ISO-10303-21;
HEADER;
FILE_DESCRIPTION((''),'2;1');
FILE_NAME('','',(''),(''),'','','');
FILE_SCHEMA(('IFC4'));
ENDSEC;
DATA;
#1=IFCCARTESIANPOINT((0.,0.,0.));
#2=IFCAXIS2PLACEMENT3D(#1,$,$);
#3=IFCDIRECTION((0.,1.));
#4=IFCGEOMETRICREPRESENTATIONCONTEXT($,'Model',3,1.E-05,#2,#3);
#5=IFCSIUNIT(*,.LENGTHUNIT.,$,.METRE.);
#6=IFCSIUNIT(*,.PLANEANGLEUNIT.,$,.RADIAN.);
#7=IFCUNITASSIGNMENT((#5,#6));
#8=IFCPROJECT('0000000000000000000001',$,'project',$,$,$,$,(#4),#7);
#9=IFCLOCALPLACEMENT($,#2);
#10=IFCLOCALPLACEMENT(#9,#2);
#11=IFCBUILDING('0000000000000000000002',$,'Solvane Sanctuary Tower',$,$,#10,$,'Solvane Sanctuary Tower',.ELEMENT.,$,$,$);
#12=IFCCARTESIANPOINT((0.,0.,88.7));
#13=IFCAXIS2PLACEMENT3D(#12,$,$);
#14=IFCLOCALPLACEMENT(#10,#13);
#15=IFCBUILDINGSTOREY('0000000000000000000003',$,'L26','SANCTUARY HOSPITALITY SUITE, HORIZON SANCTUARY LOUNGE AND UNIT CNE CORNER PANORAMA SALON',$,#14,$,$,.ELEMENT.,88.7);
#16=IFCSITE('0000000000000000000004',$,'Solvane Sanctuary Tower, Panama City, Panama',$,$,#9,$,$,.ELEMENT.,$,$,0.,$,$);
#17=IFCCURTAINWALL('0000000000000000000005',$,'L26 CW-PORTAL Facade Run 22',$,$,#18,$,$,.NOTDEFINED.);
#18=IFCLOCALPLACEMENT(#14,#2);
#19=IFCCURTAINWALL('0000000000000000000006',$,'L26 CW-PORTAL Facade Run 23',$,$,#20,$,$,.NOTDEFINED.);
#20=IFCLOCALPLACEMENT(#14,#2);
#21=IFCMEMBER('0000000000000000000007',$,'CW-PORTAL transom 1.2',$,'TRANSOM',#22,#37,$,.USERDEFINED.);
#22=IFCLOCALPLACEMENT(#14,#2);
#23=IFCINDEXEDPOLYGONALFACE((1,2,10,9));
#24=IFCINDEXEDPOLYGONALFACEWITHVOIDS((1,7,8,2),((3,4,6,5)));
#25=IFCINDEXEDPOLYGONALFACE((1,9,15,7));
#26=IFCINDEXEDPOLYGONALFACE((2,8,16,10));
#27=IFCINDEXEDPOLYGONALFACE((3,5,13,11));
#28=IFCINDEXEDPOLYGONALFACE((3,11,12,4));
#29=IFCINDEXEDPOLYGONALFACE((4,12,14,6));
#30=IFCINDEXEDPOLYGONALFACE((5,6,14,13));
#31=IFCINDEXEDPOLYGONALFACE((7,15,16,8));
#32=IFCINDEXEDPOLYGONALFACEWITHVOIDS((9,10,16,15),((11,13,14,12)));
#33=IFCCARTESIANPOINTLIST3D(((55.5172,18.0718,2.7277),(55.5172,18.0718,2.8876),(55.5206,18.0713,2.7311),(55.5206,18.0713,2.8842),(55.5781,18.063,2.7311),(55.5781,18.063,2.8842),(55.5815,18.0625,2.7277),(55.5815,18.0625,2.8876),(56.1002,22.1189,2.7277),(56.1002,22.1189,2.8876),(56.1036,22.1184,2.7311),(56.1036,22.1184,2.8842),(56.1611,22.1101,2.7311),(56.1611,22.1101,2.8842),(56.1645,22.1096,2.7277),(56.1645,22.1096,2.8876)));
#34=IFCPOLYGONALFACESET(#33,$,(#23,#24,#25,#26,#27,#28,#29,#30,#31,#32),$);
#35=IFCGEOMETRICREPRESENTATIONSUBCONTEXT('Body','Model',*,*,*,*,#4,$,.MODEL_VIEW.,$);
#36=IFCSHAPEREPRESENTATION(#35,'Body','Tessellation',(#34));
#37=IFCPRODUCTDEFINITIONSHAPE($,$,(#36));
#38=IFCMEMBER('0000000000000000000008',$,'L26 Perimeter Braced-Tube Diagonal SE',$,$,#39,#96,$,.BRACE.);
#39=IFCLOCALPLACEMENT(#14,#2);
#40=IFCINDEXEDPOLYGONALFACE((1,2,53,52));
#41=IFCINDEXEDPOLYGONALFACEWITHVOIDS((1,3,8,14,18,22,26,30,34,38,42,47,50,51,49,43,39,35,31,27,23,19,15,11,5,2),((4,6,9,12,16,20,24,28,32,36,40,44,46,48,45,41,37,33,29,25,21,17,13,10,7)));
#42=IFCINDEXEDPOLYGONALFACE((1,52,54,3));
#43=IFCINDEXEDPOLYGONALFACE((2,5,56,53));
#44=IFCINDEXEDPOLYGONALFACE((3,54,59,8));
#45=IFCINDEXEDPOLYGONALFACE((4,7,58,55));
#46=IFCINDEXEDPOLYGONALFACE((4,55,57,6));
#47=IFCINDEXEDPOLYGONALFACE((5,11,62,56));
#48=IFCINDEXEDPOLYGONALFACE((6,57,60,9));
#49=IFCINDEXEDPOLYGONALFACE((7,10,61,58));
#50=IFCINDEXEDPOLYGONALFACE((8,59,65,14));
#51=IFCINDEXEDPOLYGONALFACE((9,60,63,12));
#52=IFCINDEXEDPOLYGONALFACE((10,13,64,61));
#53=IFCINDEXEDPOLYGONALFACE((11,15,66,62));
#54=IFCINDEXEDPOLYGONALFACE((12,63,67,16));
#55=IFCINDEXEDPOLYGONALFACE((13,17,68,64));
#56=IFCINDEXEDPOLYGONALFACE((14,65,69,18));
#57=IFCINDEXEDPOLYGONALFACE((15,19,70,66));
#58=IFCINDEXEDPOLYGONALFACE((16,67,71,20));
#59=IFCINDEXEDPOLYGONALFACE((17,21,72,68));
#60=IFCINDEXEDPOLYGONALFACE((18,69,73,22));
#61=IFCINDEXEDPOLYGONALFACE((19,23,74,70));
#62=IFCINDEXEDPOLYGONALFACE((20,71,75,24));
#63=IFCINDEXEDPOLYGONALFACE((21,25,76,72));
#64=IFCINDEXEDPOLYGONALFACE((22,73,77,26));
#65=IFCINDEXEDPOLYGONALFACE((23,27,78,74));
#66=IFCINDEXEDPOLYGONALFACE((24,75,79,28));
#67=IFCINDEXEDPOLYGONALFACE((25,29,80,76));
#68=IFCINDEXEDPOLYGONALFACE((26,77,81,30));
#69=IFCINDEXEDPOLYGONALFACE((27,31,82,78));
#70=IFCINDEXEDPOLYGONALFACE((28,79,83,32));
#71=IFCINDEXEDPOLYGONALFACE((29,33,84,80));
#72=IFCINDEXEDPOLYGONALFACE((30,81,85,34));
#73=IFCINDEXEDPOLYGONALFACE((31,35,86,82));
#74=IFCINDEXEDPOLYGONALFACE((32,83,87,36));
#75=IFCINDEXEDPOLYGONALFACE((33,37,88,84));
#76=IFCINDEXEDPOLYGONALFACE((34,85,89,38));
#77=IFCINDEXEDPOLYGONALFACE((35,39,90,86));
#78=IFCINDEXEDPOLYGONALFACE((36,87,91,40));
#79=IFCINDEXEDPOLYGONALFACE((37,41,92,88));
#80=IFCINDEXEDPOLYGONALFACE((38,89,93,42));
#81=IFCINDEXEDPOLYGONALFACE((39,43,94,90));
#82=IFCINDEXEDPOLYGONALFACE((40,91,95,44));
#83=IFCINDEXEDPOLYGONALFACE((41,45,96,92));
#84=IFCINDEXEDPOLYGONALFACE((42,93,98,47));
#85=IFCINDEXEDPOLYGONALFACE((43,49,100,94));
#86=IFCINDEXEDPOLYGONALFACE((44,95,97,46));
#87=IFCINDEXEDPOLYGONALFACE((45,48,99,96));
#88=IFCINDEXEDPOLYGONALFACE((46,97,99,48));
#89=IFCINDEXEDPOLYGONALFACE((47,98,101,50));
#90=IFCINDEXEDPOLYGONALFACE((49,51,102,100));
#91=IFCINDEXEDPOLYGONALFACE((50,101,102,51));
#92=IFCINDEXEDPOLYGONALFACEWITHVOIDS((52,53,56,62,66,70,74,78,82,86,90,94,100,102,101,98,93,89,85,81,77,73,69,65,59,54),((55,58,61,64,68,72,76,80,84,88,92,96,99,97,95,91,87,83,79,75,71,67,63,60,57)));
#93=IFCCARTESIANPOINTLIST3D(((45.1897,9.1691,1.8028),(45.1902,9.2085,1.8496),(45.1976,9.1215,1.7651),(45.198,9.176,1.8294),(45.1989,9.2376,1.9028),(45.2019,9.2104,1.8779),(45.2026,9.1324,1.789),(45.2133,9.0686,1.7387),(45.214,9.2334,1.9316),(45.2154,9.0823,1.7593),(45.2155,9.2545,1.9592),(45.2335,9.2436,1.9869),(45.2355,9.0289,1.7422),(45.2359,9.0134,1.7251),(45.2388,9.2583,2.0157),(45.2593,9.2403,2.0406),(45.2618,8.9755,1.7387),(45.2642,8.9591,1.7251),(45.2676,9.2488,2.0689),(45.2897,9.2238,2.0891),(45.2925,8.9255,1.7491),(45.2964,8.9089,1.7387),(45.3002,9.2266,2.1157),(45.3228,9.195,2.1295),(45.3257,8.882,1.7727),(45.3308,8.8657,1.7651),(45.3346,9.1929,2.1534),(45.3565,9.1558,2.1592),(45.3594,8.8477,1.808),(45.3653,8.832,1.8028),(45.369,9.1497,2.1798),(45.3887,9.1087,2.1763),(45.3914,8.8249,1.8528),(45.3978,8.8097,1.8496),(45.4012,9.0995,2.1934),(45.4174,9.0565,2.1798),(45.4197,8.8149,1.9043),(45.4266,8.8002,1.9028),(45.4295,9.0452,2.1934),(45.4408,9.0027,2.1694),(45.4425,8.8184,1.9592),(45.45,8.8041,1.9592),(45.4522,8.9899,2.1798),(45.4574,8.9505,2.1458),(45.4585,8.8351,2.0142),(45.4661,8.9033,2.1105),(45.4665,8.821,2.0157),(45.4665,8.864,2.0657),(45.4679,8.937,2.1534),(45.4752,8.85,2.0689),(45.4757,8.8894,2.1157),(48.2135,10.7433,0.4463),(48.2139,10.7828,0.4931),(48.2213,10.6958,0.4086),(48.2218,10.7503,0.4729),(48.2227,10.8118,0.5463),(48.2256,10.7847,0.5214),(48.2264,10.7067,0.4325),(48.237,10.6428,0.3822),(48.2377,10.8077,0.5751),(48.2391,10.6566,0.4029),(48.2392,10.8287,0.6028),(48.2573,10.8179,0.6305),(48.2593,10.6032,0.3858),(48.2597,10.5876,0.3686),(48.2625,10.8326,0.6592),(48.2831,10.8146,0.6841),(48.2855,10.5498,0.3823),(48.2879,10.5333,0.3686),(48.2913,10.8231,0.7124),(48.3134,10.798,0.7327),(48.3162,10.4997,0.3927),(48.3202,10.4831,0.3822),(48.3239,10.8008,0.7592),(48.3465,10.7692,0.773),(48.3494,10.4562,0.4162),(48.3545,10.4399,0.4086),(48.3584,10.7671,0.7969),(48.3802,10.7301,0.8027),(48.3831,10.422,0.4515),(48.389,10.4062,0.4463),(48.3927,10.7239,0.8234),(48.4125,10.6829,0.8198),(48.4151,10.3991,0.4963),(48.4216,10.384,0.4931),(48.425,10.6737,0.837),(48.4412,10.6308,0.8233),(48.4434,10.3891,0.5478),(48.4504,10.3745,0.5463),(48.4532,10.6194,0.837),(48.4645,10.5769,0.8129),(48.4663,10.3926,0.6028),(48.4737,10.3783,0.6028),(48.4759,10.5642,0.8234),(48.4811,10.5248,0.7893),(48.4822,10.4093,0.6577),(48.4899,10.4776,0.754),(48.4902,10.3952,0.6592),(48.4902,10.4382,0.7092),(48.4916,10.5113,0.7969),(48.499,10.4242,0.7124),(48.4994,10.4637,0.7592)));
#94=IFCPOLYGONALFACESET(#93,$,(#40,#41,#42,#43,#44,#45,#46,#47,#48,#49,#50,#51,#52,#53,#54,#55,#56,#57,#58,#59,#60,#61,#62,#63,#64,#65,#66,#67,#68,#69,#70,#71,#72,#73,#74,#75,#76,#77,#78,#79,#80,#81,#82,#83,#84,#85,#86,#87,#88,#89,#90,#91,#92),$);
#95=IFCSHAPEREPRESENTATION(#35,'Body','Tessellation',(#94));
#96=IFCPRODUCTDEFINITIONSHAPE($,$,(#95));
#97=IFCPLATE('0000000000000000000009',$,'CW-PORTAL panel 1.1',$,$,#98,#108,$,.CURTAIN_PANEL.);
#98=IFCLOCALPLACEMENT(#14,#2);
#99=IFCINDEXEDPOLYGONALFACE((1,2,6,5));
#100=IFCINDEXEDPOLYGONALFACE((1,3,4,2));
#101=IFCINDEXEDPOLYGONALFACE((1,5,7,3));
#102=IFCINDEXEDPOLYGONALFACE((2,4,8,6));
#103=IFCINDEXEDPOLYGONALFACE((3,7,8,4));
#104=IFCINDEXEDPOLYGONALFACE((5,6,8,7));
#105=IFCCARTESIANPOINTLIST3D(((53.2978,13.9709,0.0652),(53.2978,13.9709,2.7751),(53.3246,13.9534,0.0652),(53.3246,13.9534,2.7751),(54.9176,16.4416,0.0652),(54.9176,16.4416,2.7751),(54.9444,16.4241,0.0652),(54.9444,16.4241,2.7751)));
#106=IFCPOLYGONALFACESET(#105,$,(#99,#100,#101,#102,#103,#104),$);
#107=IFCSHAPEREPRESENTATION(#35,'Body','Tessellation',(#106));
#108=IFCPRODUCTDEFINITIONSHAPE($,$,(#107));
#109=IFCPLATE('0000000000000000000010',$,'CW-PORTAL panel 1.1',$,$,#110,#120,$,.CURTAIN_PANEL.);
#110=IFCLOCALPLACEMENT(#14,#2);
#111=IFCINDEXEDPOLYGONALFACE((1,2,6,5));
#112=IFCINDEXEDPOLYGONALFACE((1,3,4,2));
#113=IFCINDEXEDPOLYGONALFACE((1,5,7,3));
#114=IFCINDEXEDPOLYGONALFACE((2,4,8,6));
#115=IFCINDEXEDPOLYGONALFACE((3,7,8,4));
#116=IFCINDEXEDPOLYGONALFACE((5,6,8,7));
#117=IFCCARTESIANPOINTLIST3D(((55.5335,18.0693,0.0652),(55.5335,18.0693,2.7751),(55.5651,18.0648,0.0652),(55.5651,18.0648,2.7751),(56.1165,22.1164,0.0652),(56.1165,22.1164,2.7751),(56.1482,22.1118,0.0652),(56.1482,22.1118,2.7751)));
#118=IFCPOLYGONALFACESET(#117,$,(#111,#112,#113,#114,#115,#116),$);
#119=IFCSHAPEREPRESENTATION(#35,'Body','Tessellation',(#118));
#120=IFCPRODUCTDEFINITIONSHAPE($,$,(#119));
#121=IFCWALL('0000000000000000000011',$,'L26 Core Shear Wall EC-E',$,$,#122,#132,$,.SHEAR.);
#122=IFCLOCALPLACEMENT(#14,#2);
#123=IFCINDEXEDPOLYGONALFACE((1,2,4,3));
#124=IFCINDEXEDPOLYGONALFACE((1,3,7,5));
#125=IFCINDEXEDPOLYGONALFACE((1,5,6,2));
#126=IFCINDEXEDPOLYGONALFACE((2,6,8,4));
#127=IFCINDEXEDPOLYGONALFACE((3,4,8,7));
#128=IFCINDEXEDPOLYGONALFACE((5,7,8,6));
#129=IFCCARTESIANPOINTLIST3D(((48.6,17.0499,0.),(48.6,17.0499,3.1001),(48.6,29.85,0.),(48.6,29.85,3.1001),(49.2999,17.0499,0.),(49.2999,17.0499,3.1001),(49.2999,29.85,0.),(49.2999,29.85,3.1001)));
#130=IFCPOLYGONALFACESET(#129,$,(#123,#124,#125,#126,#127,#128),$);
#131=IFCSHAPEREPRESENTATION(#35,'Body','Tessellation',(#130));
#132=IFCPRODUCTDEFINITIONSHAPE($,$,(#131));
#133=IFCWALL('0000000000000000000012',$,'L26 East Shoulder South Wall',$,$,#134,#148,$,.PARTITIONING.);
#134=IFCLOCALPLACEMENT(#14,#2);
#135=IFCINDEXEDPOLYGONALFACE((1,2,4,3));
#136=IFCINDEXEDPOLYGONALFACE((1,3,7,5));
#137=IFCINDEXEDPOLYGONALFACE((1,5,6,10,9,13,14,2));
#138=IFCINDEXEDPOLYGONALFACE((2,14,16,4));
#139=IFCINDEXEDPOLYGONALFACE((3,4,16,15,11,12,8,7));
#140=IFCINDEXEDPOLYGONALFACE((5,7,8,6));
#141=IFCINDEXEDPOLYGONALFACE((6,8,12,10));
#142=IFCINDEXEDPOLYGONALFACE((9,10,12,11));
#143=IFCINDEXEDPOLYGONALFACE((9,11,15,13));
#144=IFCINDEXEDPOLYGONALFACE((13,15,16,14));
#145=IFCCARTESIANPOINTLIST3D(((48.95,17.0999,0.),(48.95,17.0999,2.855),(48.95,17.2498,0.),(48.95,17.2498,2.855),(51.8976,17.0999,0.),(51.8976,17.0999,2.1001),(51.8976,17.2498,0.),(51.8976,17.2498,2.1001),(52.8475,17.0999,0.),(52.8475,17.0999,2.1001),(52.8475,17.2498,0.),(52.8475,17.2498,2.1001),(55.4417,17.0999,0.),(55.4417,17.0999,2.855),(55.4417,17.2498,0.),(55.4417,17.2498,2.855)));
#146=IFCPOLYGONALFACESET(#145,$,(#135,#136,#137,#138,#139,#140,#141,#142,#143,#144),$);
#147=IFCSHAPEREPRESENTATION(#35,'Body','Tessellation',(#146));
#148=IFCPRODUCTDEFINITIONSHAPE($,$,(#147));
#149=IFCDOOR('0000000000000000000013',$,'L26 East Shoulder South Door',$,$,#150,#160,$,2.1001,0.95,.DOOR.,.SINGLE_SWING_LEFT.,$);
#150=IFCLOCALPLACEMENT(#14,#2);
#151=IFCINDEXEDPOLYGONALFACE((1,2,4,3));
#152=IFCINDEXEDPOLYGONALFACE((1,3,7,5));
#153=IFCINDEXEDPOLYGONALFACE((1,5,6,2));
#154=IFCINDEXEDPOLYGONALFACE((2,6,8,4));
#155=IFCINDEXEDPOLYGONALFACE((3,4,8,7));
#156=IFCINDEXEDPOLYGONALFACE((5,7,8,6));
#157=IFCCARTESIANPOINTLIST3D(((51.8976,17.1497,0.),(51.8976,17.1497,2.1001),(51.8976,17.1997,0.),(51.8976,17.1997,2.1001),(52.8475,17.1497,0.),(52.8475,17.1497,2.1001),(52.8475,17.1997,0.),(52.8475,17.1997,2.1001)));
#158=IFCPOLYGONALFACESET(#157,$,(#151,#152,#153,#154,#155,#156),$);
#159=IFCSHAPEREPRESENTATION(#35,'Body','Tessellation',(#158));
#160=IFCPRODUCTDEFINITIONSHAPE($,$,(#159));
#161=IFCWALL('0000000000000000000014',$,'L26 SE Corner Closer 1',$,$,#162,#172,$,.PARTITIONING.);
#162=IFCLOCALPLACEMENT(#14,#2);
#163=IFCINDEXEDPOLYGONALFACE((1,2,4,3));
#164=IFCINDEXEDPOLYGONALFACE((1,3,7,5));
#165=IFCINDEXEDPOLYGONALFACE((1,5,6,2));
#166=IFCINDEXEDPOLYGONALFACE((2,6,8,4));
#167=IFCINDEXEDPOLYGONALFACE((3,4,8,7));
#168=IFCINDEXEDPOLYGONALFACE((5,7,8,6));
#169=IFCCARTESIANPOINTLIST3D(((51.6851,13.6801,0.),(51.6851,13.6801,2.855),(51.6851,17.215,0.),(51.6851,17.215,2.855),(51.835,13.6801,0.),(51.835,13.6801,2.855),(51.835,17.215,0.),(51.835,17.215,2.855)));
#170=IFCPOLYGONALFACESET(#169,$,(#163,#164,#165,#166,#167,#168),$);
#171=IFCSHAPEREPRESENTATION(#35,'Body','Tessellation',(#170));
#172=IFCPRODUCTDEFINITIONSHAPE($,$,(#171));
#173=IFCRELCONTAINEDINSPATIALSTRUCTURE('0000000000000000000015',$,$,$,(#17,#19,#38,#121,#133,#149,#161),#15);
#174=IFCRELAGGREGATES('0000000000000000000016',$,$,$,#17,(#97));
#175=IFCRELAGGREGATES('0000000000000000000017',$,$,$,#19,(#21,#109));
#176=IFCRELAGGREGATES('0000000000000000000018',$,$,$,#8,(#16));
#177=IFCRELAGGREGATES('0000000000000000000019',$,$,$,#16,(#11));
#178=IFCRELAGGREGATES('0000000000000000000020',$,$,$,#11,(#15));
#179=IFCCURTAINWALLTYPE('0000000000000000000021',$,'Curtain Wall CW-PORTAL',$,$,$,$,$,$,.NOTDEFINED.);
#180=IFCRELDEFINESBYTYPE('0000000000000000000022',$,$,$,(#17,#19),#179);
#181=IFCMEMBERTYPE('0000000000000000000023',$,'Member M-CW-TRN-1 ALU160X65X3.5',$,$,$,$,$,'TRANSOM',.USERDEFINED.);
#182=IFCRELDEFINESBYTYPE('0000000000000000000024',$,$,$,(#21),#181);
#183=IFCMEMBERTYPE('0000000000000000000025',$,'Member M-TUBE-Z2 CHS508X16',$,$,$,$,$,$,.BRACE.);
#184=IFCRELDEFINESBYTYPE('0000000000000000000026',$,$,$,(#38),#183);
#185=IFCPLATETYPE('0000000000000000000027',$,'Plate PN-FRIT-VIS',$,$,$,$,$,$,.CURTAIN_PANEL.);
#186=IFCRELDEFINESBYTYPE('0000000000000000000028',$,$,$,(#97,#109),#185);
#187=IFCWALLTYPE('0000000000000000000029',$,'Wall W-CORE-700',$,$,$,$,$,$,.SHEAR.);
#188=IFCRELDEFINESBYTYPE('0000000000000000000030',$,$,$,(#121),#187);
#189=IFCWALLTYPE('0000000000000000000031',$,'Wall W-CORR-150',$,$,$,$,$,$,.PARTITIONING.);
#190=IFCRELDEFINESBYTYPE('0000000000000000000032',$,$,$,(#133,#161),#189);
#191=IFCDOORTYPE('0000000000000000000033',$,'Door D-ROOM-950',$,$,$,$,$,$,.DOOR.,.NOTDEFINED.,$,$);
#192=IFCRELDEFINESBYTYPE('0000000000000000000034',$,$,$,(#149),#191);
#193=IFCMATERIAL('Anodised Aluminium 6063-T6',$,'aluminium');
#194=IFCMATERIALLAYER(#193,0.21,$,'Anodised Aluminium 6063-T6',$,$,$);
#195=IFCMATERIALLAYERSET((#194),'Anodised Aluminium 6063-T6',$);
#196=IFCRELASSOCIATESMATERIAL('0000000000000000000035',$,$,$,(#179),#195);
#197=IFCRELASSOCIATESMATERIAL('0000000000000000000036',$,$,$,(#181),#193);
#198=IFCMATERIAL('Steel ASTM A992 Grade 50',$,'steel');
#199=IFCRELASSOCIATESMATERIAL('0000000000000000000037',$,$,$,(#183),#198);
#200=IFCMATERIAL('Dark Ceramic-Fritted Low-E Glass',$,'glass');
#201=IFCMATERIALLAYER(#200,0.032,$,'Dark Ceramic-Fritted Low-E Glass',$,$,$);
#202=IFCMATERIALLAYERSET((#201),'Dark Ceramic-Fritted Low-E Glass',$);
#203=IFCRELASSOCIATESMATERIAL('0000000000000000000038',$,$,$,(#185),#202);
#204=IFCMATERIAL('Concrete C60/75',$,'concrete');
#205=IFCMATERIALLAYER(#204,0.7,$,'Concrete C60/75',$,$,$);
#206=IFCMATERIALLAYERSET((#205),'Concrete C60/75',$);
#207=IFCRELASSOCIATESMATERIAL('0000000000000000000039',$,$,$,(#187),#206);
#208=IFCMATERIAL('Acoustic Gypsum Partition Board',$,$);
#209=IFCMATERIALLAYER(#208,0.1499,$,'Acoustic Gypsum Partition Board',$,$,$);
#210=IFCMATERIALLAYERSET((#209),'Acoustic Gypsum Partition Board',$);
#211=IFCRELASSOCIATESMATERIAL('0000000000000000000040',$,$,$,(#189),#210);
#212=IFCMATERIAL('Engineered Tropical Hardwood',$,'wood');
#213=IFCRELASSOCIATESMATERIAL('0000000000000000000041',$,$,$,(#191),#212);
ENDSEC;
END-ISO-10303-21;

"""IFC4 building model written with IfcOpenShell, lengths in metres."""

from ifc_helpers import new_model, si_unit, direction, frame, frame_2d, origin, origin_2d, place, context, subcontext, project, spatial, rectangle, hollow_rectangle, hollow_circle, extrude, material, layer, layer_set, material_profile, profile_set, type_object, element, fill, aggregate, save


model = new_model("IFC4")

# Units and contexts
model_context = context("Model", 3, precision=1e-05, world=origin(), true_north=direction((0.0, 1.0)))
body_context = subcontext(model_context, "Body", "Model", "MODEL_VIEW")
ifc_project = project(units=[si_unit("LENGTHUNIT", "METRE"), si_unit("PLANEANGLEUNIT", "RADIAN")], contexts=[model_context])

# Site, building, storey
site_placement = place(None, origin())
site = spatial("IfcSite", under=ifc_project, at=site_placement, Name="Solvane Sanctuary Tower, Panama City, Panama", CompositionType="ELEMENT", RefElevation=0.0)
building_placement = place(site_placement, origin())
building = spatial("IfcBuilding", under=site, at=building_placement, Name="Solvane Sanctuary Tower", LongName="Solvane Sanctuary Tower", CompositionType="ELEMENT")
storey_placement = place(building_placement, frame((0.0, 0.0, 88.7)))
storey = spatial("IfcBuildingStorey", under=building, at=storey_placement, Name="L26", Description="SANCTUARY HOSPITALITY SUITE, HORIZON SANCTUARY LOUNGE AND UNIT CNE CORNER PANORAMA SALON", CompositionType="ELEMENT", Elevation=88.7)

# Shared definitions
ifc_material_1 = material(Name="Concrete C60/75", Category="concrete")

# Shared definitions
ifc_material_2 = material(Name="Steel ASTM A992 Grade 50", Category="steel")

# Curtain wall
ifc_material_3 = material(Name="Anodised Aluminium 6063-T6", Category="aluminium")
ifc_layer_1 = layer(ifc_material_3, 0.21, Name="Anodised Aluminium 6063-T6")
ifc_layer_set_1 = layer_set([ifc_layer_1], Name="Anodised Aluminium 6063-T6")
curtain_wall_type = type_object("IfcCurtainWallType", Name="Curtain Wall CW-PORTAL", PredefinedType="NOTDEFINED", material=ifc_layer_set_1)
curtain_wall_1_placement = place(storey_placement, origin())
curtain_wall_1 = element("IfcCurtainWall", 1, at=curtain_wall_1_placement, inside=storey, type_object=curtain_wall_type, Name="L26 CW-PORTAL Facade Run 22", PredefinedType="NOTDEFINED")

# Curtain wall
curtain_wall_2_placement = place(storey_placement, origin())
curtain_wall_2 = element("IfcCurtainWall", 2, at=curtain_wall_2_placement, inside=storey, type_object=curtain_wall_type, Name="L26 CW-PORTAL Facade Run 23", PredefinedType="NOTDEFINED")

# Members
ifc_material_profile_1 = material_profile(ifc_material_3, hollow_rectangle(XDim=0.0649, YDim=0.1599, WallThickness=0.0034, at=origin_2d()), Name="ALU160X65X3.5")
ifc_profile_set_1 = profile_set([ifc_material_profile_1], Name="Anodised Aluminium 6063-T6")
member_type_1 = type_object("IfcMemberType", Name="Member M-CW-TRN-1 ALU160X65X3.5", ElementType="TRANSOM", PredefinedType="USERDEFINED", material=ifc_profile_set_1)
member_1_placement = place(storey_placement, frame((55.5493, 18.0671, 2.8076), z_axis=(0.142583, 0.989783, 0.0), x_axis=(-0.989783, 0.142583, 0.0)))
member_1 = element("IfcMember", 3, at=member_1_placement, type_object=member_type_1, Name="CW-PORTAL transom 1.2", ObjectType="TRANSOM", PredefinedType="USERDEFINED", context=body_context, shape_type="SweptSolid", body=[
    extrude(hollow_rectangle(XDim=0.0649, YDim=0.1599, WallThickness=0.0034, at=origin_2d()), origin(), (0.0, 0.0, 1.0), 4.0889),
])
ifc_material_profile_2 = material_profile(ifc_material_2, hollow_circle(Radius=0.2539, WallThickness=0.0161, at=origin_2d()), Name="CHS508X16")
ifc_profile_set_2 = profile_set([ifc_material_profile_2], Name="Steel ASTM A992 Grade 50")
member_type_2 = type_object("IfcMemberType", Name="Member M-TUBE-Z2 CHS508X16", PredefinedType="BRACE", material=ifc_profile_set_2)
member_2_placement = place(storey_placement, frame((48.3564, 10.6035, 0.6028), z_axis=(-0.824141, -0.429072, 0.369715), x_axis=(0.461792, -0.886988, 0.0)))
element("IfcMember", 4, at=member_2_placement, inside=storey, type_object=member_type_2, Name="L26 Perimeter Braced-Tube Diagonal SE", PredefinedType="BRACE", context=body_context, shape_type="SweptSolid", body=[
    extrude(hollow_circle(Radius=0.2539, WallThickness=0.0161, at=origin_2d()), origin(), (0.0, 0.0, 1.0), 3.6689),
])

# Plates
ifc_material_4 = material(Name="Dark Ceramic-Fritted Low-E Glass", Category="glass")
ifc_layer_2 = layer(ifc_material_4, 0.032, Name="Dark Ceramic-Fritted Low-E Glass")
ifc_layer_set_2 = layer_set([ifc_layer_2], Name="Dark Ceramic-Fritted Low-E Glass")
plate_type = type_object("IfcPlateType", Name="Plate PN-FRIT-VIS", PredefinedType="CURTAIN_PANEL", material=ifc_layer_set_2)
plate_1_placement = place(storey_placement, frame((54.1211, 15.1975, 0.0652), z_axis=(0.0, 0.0, 1.0), x_axis=(0.548276, 0.836298, 0.0)))
plate_1 = element("IfcPlate", 5, at=plate_1_placement, type_object=plate_type, Name="CW-PORTAL panel 1.1", PredefinedType="CURTAIN_PANEL", context=body_context, shape_type="SweptSolid", body=[
    extrude(rectangle(XDim=2.9543, YDim=0.032, at=origin_2d()), origin(), (0.0, 0.0, 1.0), 2.71),
])
aggregate(curtain_wall_1, [plate_1])
plate_2_placement = place(storey_placement, frame((55.8408, 20.0906, 0.0652), z_axis=(0.0, 0.0, 1.0), x_axis=(0.142587, 0.989782, 0.0)))
plate_2 = element("IfcPlate", 6, at=plate_2_placement, type_object=plate_type, Name="CW-PORTAL panel 1.1", PredefinedType="CURTAIN_PANEL", context=body_context, shape_type="SweptSolid", body=[
    extrude(rectangle(XDim=4.0889, YDim=0.032, at=origin_2d()), origin(), (0.0, 0.0, 1.0), 2.71),
])
aggregate(curtain_wall_2, [member_1, plate_2])

# Wall
ifc_layer_3 = layer(ifc_material_1, 0.7, Name="Concrete C60/75")
ifc_layer_set_3 = layer_set([ifc_layer_3], Name="Concrete C60/75")
wall_type_1 = type_object("IfcWallType", Name="Wall W-CORE-700", PredefinedType="SHEAR", material=ifc_layer_set_3)
wall_1_placement = place(storey_placement, frame((48.95, 17.05, 0.0), z_axis=(0.0, 0.0, 1.0), x_axis=(0.0, 1.0, 0.0)))
element("IfcWall", 7, at=wall_1_placement, inside=storey, type_object=wall_type_1, Name="L26 Core Shear Wall EC-E", PredefinedType="SHEAR", context=body_context, shape_type="SweptSolid", body=[
    extrude(rectangle(XDim=12.8, YDim=0.7, at=frame_2d((6.3999, 0.0))), origin(), (0.0, 0.0, 1.0), 3.1001),
])

# Wall, opening, door
ifc_material_5 = material(Name="Acoustic Gypsum Partition Board")
ifc_layer_4 = layer(ifc_material_5, 0.1499, Name="Acoustic Gypsum Partition Board")
ifc_layer_set_4 = layer_set([ifc_layer_4], Name="Acoustic Gypsum Partition Board")
wall_type_2 = type_object("IfcWallType", Name="Wall W-CORR-150", PredefinedType="PARTITIONING", material=ifc_layer_set_4)
wall_2_placement = place(storey_placement, frame((48.95, 17.1748, 0.0), z_axis=(0.0, 0.0, 1.0), x_axis=(1.0, 0.0, 0.0)))
wall_2 = element("IfcWall", 8, at=wall_2_placement, inside=storey, type_object=wall_type_2, Name="L26 East Shoulder South Wall", PredefinedType="PARTITIONING", context=body_context, shape_type="SweptSolid", body=[
    extrude(rectangle(XDim=6.4917, YDim=0.1499, at=frame_2d((3.2458, 0.0))), origin(), (0.0, 0.0, 1.0), 2.855),
])
opening_1_placement = place(wall_2_placement, frame((2.9475, 0.0, 0.0)))
opening_1 = element("IfcOpeningElement", 9, at=opening_1_placement, cuts=wall_2, PredefinedType="OPENING", context=body_context, shape_type="SweptSolid", body=[
    extrude(rectangle(XDim=0.95, YDim=2.1001, at=frame_2d((0.4751, 1.05))), frame((0.0, 0.085, 0.0), z_axis=(0.0, -1.0, 0.0), x_axis=(1.0, 0.0, 0.0)), (0.0, 0.0, 1.0), 0.1699),
])
ifc_material_6 = material(Name="Engineered Tropical Hardwood", Category="wood")
door_type = type_object("IfcDoorType", Name="Door D-ROOM-950", OperationType="NOTDEFINED", PredefinedType="DOOR", material=ifc_material_6)
door_placement = place(opening_1_placement, origin())
door = element("IfcDoor", 10, at=door_placement, inside=storey, type_object=door_type, Name="L26 East Shoulder South Door", OperationType="SINGLE_SWING_LEFT", OverallHeight=2.1001, OverallWidth=0.95, PredefinedType="DOOR", context=body_context, shape_type="SweptSolid", body=[
    extrude(rectangle(XDim=0.95, YDim=2.1001, at=frame_2d((0.4751, 1.05))), frame((0.0, 0.0249, 0.0), z_axis=(0.0, -1.0, 0.0), x_axis=(1.0, 0.0, 0.0)), (0.0, 0.0, 1.0), 0.05),
])
fill(opening_1, door)

# Wall
wall_3_placement = place(storey_placement, frame((51.76, 13.6799, 0.0), z_axis=(0.0, 0.0, 1.0), x_axis=(0.0, 1.0, 0.0)))
element("IfcWall", 11, at=wall_3_placement, inside=storey, type_object=wall_type_2, Name="L26 SE Corner Closer 1", PredefinedType="PARTITIONING", context=body_context, shape_type="SweptSolid", body=[
    extrude(rectangle(XDim=3.5349, YDim=0.1499, at=frame_2d((1.7676, 0.0))), origin(), (0.0, 0.0, 1.0), 2.855),
])

save(model, "model.ifc")
